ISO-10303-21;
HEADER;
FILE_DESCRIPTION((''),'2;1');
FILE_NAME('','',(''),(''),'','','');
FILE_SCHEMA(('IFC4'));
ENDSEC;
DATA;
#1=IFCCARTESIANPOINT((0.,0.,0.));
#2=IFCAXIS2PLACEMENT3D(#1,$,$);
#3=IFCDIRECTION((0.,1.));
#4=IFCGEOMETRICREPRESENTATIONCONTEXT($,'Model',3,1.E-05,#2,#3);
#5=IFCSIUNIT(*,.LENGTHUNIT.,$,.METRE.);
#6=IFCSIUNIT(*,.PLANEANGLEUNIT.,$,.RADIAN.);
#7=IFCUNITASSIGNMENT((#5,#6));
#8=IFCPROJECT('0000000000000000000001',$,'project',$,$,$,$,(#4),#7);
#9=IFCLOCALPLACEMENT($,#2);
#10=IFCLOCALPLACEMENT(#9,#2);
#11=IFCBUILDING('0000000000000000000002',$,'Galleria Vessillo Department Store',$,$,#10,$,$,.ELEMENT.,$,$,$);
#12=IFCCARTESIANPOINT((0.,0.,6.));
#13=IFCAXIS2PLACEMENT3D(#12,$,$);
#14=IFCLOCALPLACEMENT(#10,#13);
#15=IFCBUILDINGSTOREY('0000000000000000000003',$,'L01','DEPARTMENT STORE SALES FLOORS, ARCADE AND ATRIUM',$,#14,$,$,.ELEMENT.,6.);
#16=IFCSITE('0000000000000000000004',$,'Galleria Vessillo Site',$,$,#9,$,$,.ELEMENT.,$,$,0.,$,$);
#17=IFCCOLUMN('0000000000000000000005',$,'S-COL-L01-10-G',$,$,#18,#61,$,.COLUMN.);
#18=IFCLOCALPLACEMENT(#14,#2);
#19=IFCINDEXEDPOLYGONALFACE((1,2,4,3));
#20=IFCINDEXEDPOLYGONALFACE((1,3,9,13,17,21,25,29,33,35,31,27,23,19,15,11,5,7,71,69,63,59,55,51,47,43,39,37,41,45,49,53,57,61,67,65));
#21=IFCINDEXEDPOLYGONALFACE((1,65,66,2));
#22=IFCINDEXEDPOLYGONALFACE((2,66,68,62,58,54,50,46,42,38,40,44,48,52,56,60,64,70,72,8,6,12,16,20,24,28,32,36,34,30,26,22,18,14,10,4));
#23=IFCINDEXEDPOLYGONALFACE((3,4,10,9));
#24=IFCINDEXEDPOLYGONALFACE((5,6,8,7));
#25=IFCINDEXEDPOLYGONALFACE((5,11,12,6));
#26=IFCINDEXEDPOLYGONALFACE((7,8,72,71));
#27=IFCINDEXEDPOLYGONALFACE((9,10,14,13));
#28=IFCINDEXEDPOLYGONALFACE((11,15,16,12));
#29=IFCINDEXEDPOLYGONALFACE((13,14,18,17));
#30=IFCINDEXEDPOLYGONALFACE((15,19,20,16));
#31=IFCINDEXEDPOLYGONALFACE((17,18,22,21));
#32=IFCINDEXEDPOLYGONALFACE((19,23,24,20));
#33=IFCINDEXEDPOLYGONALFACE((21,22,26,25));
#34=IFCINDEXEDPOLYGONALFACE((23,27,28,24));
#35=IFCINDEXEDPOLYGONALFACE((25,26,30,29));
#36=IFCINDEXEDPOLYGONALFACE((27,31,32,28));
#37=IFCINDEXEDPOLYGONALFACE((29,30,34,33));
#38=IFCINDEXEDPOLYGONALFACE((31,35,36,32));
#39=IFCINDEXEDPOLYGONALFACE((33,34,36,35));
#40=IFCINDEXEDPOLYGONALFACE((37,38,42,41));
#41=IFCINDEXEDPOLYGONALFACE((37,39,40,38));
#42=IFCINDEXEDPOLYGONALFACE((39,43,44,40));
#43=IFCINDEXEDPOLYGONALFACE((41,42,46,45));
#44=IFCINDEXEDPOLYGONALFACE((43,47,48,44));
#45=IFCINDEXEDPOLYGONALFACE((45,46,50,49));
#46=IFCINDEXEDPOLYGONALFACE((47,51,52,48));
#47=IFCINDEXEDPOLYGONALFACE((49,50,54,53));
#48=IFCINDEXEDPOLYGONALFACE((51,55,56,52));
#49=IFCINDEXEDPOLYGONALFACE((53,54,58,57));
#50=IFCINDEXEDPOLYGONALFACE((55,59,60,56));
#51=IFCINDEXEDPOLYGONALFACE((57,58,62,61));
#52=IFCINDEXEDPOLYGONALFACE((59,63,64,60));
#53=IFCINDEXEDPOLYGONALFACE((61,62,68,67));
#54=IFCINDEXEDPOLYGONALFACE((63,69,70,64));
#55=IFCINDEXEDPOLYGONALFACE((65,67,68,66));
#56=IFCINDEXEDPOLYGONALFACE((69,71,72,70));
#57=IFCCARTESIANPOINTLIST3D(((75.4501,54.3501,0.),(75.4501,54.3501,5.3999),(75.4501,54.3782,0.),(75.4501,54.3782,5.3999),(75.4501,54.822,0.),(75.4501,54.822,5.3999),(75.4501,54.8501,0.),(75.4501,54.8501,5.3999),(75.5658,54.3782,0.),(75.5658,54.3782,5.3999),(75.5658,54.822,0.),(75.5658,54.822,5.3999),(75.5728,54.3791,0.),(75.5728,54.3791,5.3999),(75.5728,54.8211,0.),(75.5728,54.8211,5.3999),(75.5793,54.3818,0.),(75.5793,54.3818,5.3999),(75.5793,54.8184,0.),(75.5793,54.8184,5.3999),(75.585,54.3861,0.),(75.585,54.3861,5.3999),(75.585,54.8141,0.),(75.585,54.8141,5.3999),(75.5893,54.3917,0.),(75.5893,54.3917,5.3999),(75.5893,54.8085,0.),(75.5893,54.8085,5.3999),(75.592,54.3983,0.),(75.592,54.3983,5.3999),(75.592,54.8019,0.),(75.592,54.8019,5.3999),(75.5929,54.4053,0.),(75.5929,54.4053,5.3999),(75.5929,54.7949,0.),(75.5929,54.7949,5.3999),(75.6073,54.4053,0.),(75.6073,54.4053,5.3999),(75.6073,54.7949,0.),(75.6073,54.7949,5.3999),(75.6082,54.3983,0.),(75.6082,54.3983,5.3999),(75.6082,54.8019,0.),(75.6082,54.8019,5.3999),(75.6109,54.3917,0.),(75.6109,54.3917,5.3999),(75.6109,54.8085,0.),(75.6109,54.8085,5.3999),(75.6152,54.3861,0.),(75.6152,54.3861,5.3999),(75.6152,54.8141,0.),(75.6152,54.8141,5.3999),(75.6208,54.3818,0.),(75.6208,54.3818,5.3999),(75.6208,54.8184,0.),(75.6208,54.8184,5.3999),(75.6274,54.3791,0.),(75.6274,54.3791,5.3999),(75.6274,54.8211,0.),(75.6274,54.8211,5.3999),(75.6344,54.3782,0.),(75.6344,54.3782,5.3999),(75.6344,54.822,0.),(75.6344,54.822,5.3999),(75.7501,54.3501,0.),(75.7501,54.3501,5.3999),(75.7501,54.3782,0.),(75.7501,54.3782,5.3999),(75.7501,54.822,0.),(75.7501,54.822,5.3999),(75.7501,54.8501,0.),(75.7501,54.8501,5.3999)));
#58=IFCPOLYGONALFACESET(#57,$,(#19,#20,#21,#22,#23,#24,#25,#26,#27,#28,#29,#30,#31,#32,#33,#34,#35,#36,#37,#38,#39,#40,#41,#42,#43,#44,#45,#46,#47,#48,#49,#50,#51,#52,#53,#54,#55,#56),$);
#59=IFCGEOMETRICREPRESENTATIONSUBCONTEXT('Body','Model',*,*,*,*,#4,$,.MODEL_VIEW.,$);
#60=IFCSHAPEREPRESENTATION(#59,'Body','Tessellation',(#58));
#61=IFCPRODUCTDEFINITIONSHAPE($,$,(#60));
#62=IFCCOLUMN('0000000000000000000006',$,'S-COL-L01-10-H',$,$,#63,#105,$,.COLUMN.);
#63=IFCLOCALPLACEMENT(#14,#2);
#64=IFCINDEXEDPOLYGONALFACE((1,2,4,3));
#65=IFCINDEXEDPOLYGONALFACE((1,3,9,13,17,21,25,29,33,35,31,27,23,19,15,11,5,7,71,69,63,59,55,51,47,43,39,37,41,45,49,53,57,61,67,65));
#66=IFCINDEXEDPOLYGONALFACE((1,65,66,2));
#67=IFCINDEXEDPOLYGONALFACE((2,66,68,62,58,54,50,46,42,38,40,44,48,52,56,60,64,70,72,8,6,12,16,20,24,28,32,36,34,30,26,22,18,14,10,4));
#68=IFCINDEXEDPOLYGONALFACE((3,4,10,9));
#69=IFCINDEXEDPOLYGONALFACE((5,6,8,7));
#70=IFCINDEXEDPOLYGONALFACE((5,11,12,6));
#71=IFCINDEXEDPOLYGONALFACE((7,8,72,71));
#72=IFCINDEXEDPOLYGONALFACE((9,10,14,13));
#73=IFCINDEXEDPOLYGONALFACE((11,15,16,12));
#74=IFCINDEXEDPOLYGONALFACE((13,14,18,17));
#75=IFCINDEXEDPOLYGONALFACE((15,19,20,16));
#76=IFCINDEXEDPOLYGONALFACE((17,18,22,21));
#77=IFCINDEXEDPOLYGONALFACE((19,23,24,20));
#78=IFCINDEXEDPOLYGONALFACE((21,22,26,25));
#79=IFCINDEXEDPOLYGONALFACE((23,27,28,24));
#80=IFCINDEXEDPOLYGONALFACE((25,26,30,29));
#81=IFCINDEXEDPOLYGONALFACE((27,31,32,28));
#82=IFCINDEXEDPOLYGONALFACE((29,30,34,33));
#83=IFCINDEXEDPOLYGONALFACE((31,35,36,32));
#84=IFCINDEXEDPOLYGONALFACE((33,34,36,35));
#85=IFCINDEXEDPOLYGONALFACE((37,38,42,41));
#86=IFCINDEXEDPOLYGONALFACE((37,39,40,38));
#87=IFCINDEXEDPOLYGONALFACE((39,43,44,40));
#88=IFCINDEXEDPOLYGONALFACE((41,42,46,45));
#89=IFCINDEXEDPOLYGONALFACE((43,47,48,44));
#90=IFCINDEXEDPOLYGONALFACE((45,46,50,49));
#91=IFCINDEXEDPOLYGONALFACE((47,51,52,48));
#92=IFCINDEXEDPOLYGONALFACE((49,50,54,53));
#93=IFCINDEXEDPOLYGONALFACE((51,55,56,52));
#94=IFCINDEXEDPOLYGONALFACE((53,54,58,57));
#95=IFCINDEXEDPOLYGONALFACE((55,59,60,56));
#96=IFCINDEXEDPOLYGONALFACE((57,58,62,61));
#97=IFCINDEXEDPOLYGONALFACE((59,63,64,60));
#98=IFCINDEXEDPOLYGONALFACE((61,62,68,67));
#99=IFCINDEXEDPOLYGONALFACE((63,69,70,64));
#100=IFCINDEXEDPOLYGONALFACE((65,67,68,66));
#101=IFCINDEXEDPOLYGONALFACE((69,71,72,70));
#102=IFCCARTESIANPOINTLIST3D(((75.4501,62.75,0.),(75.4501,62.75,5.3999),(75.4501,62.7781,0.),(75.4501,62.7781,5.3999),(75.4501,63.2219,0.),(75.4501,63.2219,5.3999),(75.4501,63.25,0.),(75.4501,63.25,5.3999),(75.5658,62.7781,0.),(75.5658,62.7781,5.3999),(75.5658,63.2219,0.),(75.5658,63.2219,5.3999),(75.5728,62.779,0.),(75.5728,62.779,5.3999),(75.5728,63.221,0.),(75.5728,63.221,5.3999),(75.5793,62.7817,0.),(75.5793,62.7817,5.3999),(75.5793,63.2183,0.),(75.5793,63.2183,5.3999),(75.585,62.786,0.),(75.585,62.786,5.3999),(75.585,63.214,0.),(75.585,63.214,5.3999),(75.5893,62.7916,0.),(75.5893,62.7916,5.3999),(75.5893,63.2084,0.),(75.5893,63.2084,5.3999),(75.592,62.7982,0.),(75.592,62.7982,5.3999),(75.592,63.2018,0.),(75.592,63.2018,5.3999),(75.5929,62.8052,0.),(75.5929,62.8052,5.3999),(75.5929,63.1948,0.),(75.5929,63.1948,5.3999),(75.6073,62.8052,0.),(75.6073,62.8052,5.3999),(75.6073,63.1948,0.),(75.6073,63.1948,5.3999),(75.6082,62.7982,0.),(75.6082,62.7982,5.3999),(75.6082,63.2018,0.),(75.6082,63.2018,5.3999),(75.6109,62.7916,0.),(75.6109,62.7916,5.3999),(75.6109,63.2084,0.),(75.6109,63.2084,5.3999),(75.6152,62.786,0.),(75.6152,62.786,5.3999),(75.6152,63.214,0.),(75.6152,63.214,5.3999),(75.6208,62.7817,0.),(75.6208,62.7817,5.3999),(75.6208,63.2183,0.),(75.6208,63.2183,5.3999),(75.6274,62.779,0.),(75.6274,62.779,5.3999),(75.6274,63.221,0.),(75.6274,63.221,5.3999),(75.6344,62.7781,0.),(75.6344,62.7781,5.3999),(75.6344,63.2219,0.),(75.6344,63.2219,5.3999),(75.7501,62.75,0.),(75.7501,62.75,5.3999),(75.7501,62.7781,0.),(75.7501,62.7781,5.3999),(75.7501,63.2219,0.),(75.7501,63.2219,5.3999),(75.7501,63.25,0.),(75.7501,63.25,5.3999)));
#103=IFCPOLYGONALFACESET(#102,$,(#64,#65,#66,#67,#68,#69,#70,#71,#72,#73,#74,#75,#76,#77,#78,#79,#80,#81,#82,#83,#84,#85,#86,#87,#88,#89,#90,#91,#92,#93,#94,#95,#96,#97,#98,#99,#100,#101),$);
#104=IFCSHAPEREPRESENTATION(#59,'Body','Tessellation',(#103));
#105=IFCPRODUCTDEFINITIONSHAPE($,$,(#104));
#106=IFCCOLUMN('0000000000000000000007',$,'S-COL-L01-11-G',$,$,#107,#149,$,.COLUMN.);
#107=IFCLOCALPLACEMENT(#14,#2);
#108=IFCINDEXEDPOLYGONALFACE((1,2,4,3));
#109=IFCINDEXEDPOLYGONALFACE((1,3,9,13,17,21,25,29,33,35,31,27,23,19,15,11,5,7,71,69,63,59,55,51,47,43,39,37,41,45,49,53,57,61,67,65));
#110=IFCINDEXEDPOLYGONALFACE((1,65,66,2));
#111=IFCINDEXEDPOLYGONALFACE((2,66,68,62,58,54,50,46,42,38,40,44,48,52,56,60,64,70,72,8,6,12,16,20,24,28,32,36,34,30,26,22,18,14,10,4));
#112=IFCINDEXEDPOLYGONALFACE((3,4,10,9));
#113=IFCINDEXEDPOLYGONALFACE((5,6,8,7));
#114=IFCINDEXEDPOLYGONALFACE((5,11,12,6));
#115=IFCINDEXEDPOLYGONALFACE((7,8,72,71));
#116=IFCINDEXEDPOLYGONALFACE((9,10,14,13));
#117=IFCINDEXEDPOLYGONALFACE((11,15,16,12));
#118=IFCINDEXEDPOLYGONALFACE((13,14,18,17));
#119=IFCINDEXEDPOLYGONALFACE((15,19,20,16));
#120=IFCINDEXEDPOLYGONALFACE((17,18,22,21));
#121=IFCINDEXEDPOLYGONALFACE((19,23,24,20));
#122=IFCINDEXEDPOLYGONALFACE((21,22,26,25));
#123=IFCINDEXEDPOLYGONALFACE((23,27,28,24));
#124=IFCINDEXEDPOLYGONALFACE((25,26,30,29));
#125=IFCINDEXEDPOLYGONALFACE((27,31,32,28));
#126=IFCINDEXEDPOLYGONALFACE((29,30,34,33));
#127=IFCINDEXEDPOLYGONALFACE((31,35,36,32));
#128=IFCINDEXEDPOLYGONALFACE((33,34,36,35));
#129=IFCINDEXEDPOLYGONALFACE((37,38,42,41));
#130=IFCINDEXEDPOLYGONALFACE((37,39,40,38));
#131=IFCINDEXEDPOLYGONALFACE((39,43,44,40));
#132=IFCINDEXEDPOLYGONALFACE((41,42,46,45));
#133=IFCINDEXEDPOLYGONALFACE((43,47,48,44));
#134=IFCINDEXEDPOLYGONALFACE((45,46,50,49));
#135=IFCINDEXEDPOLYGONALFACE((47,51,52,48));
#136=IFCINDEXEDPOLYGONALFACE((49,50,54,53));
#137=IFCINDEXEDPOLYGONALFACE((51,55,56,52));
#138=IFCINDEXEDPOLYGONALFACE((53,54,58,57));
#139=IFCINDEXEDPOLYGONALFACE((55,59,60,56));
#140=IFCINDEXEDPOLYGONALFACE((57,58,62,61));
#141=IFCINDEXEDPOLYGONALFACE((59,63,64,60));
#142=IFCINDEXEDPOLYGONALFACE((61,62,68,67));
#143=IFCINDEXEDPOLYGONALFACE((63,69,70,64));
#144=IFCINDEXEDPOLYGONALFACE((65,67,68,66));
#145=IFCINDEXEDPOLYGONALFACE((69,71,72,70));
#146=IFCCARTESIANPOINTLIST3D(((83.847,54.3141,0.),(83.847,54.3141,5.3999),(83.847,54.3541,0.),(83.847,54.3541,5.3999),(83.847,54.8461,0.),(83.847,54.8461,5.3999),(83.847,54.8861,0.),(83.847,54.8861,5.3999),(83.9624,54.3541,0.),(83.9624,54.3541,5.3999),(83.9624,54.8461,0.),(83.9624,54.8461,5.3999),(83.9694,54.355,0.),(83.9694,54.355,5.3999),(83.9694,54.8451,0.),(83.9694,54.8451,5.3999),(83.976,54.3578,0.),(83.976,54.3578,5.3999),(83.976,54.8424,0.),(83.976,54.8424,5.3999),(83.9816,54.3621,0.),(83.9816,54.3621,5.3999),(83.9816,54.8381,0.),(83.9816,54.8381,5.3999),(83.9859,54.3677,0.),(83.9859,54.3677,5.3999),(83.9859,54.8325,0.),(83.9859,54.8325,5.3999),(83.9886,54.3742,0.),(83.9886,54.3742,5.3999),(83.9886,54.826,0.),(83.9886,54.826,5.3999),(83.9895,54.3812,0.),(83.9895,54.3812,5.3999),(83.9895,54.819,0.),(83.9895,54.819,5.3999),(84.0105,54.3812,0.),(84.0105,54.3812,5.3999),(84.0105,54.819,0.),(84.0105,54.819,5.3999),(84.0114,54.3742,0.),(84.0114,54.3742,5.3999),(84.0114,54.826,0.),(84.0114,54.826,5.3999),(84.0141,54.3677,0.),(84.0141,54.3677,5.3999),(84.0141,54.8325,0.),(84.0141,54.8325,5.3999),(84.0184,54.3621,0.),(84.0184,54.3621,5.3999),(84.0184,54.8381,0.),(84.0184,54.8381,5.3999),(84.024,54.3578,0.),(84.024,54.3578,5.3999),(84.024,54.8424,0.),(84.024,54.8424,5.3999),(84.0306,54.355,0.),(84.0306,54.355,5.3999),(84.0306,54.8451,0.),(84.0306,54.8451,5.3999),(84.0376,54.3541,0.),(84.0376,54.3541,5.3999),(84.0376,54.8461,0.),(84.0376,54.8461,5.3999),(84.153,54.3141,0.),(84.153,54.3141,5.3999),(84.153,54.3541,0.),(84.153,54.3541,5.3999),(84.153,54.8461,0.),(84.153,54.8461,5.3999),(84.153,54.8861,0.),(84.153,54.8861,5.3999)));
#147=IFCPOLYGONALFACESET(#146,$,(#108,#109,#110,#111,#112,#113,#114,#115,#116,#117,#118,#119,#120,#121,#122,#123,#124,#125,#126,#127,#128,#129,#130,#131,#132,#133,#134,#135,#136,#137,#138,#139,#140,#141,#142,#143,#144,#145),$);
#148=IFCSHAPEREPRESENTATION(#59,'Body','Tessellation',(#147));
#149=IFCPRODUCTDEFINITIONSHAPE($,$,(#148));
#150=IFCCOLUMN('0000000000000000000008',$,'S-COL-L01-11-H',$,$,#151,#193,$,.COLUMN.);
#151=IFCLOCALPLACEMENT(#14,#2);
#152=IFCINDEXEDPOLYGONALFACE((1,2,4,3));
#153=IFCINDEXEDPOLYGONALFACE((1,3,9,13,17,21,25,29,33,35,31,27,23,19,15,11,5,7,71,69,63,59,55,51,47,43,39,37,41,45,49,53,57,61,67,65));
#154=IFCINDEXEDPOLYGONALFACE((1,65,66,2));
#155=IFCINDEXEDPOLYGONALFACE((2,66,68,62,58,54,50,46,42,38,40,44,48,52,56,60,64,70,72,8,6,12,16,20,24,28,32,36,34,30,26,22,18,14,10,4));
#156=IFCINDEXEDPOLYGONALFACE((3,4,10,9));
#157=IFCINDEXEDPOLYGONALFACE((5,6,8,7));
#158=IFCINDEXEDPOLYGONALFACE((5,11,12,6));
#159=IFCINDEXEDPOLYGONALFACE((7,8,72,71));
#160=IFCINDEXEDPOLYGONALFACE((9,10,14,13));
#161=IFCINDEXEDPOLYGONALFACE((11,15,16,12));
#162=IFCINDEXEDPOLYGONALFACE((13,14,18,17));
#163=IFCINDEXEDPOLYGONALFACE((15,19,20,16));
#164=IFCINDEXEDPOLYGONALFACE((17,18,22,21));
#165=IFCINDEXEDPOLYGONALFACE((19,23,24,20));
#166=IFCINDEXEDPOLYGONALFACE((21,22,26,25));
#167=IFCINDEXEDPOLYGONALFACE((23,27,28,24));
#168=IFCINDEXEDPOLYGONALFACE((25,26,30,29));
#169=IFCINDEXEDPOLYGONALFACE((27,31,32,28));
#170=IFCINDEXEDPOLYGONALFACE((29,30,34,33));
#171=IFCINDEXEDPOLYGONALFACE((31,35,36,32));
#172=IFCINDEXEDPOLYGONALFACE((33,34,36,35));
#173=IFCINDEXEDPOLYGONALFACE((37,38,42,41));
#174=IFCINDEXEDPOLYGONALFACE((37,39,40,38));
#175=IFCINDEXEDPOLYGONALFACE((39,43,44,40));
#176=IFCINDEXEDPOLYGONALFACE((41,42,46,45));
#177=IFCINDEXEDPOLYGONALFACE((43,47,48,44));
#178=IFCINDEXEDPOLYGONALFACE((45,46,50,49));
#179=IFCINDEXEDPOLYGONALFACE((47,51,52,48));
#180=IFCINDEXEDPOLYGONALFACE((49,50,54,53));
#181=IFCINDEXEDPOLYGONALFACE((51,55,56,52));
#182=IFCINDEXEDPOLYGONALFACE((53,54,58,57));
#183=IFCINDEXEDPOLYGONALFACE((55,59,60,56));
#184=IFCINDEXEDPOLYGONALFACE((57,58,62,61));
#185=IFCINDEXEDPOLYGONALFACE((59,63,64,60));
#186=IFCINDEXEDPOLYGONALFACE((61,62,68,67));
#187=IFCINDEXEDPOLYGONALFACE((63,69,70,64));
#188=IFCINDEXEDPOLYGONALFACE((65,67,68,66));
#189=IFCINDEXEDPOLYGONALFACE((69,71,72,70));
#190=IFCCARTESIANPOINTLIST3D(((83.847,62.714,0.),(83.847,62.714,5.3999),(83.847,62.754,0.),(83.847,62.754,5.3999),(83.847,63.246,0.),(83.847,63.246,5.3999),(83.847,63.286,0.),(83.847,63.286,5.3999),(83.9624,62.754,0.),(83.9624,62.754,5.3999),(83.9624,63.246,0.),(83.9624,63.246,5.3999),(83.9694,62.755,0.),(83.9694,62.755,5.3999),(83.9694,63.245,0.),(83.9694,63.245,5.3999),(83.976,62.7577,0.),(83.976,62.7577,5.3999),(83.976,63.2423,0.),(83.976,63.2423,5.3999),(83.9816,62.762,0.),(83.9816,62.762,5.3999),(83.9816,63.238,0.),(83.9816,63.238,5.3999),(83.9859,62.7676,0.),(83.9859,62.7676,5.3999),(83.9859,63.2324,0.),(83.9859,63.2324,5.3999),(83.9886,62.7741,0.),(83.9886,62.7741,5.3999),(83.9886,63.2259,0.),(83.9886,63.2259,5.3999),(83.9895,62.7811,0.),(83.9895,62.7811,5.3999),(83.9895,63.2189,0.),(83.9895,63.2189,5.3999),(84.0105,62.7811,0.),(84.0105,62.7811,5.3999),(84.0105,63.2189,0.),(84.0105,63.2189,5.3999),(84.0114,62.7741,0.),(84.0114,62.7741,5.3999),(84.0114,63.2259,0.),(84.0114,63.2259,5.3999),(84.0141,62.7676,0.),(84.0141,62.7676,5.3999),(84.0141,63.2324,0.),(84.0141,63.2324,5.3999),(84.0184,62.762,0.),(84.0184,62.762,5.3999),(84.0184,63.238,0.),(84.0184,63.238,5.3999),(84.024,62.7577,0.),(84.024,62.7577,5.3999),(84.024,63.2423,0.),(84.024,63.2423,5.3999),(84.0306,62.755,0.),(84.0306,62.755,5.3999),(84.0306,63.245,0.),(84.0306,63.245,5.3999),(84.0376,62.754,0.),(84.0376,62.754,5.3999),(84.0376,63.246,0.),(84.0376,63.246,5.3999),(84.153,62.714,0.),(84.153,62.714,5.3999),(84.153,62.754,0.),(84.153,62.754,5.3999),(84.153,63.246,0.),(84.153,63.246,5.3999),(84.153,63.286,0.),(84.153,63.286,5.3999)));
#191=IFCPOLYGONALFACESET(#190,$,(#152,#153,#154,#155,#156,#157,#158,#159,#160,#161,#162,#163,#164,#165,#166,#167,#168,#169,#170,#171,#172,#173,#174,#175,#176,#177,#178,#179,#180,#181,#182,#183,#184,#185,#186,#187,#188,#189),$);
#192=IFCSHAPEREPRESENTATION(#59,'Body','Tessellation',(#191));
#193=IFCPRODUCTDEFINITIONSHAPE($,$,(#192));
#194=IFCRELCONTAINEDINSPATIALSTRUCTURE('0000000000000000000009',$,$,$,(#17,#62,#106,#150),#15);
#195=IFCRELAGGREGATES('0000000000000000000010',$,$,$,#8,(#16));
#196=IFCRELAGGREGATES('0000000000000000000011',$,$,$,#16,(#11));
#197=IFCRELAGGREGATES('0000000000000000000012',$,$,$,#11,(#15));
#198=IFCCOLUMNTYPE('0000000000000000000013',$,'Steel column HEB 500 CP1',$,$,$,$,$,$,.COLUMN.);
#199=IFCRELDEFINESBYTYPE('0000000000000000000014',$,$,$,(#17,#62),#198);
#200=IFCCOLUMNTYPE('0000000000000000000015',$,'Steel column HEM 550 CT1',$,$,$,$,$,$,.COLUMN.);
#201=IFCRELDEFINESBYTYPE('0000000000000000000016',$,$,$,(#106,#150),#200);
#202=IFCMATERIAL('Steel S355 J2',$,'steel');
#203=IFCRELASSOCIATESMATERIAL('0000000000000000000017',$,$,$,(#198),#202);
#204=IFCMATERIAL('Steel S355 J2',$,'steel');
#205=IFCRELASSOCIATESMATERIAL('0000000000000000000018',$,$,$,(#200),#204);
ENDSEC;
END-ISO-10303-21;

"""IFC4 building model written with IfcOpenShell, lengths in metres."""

from ifc_helpers import new_model, si_unit, direction, frame, origin, origin_2d, place, context, subcontext, project, spatial, i_section, extrude, material, material_profile, profile_set, type_object, element, save


model = new_model("IFC4")

# Units and contexts
model_context = context("Model", 3, precision=1e-05, world=origin(), true_north=direction((0.0, 1.0)))
body_context = subcontext(model_context, "Body", "Model", "MODEL_VIEW")
ifc_project = project(units=[si_unit("LENGTHUNIT", "METRE"), si_unit("PLANEANGLEUNIT", "RADIAN")], contexts=[model_context])

# Site, building, storey
site_placement = place(None, origin())
site = spatial("IfcSite", under=ifc_project, at=site_placement, Name="Galleria Vessillo Site", CompositionType="ELEMENT", RefElevation=0.0)
building_placement = place(site_placement, origin())
building = spatial("IfcBuilding", under=site, at=building_placement, Name="Galleria Vessillo Department Store", CompositionType="ELEMENT")
storey_placement = place(building_placement, frame((0.0, 0.0, 6.0)))
storey = spatial("IfcBuildingStorey", under=building, at=storey_placement, Name="L01", Description="DEPARTMENT STORE SALES FLOORS, ARCADE AND ATRIUM", CompositionType="ELEMENT", Elevation=6.0)

# Columns
ifc_material_1 = material(Name="Steel S355 J2", Category="steel")
ifc_material_profile_1 = material_profile(ifc_material_1, i_section(OverallWidth=0.3, OverallDepth=0.5, WebThickness=0.0144, FlangeThickness=0.0281, FilletRadius=0.0271, at=origin_2d()), Name="HEB 500")
ifc_profile_set_1 = profile_set([ifc_material_profile_1], Name="Steel S355 J2")
column_type_1 = type_object("IfcColumnType", Name="Steel column HEB 500 CP1", PredefinedType="COLUMN", material=ifc_profile_set_1)
for number, where, z_axis, x_axis, name in (
    (1, (75.6001, 54.6001, 0.0), (0.0, 0.0, 1.0), (1.0, 0.0, 0.0), "S-COL-L01-10-G"),
    (2, (75.6001, 63.0, 0.0), (0.0, 0.0, 1.0), (1.0, 0.0, 0.0), "S-COL-L01-10-H"),
):
    element("IfcColumn", number, at=place(storey_placement, frame(where, z_axis=z_axis, x_axis=x_axis)), inside=storey, type_object=column_type_1, Name=name, PredefinedType="COLUMN", context=body_context, shape_type="SweptSolid", body=[
        extrude(i_section(OverallWidth=0.3, OverallDepth=0.5, WebThickness=0.0144, FlangeThickness=0.0281, FilletRadius=0.0271, at=origin_2d()), origin(), (0.0, 0.0, 1.0), 5.3999),
    ])
ifc_material_2 = material(Name="Steel S355 J2", Category="steel")
ifc_material_profile_2 = material_profile(ifc_material_2, i_section(OverallWidth=0.3059, OverallDepth=0.572, WebThickness=0.021, FlangeThickness=0.04, FilletRadius=0.0271, at=origin_2d()), Name="HEM 550")
ifc_profile_set_2 = profile_set([ifc_material_profile_2], Name="Steel S355 J2")
column_type_2 = type_object("IfcColumnType", Name="Steel column HEM 550 CT1", PredefinedType="COLUMN", material=ifc_profile_set_2)
for number, where, z_axis, x_axis, name in (
    (3, (84.0, 54.6001, 0.0), (0.0, 0.0, 1.0), (1.0, 0.0, 0.0), "S-COL-L01-11-G"),
    (4, (84.0, 63.0, 0.0), (0.0, 0.0, 1.0), (1.0, 0.0, 0.0), "S-COL-L01-11-H"),
):
    element("IfcColumn", number, at=place(storey_placement, frame(where, z_axis=z_axis, x_axis=x_axis)), inside=storey, type_object=column_type_2, Name=name, PredefinedType="COLUMN", context=body_context, shape_type="SweptSolid", body=[
        extrude(i_section(OverallWidth=0.3059, OverallDepth=0.572, WebThickness=0.021, FlangeThickness=0.04, FilletRadius=0.0271, at=origin_2d()), origin(), (0.0, 0.0, 1.0), 5.3999),
    ])

save(model, "model.ifc")
